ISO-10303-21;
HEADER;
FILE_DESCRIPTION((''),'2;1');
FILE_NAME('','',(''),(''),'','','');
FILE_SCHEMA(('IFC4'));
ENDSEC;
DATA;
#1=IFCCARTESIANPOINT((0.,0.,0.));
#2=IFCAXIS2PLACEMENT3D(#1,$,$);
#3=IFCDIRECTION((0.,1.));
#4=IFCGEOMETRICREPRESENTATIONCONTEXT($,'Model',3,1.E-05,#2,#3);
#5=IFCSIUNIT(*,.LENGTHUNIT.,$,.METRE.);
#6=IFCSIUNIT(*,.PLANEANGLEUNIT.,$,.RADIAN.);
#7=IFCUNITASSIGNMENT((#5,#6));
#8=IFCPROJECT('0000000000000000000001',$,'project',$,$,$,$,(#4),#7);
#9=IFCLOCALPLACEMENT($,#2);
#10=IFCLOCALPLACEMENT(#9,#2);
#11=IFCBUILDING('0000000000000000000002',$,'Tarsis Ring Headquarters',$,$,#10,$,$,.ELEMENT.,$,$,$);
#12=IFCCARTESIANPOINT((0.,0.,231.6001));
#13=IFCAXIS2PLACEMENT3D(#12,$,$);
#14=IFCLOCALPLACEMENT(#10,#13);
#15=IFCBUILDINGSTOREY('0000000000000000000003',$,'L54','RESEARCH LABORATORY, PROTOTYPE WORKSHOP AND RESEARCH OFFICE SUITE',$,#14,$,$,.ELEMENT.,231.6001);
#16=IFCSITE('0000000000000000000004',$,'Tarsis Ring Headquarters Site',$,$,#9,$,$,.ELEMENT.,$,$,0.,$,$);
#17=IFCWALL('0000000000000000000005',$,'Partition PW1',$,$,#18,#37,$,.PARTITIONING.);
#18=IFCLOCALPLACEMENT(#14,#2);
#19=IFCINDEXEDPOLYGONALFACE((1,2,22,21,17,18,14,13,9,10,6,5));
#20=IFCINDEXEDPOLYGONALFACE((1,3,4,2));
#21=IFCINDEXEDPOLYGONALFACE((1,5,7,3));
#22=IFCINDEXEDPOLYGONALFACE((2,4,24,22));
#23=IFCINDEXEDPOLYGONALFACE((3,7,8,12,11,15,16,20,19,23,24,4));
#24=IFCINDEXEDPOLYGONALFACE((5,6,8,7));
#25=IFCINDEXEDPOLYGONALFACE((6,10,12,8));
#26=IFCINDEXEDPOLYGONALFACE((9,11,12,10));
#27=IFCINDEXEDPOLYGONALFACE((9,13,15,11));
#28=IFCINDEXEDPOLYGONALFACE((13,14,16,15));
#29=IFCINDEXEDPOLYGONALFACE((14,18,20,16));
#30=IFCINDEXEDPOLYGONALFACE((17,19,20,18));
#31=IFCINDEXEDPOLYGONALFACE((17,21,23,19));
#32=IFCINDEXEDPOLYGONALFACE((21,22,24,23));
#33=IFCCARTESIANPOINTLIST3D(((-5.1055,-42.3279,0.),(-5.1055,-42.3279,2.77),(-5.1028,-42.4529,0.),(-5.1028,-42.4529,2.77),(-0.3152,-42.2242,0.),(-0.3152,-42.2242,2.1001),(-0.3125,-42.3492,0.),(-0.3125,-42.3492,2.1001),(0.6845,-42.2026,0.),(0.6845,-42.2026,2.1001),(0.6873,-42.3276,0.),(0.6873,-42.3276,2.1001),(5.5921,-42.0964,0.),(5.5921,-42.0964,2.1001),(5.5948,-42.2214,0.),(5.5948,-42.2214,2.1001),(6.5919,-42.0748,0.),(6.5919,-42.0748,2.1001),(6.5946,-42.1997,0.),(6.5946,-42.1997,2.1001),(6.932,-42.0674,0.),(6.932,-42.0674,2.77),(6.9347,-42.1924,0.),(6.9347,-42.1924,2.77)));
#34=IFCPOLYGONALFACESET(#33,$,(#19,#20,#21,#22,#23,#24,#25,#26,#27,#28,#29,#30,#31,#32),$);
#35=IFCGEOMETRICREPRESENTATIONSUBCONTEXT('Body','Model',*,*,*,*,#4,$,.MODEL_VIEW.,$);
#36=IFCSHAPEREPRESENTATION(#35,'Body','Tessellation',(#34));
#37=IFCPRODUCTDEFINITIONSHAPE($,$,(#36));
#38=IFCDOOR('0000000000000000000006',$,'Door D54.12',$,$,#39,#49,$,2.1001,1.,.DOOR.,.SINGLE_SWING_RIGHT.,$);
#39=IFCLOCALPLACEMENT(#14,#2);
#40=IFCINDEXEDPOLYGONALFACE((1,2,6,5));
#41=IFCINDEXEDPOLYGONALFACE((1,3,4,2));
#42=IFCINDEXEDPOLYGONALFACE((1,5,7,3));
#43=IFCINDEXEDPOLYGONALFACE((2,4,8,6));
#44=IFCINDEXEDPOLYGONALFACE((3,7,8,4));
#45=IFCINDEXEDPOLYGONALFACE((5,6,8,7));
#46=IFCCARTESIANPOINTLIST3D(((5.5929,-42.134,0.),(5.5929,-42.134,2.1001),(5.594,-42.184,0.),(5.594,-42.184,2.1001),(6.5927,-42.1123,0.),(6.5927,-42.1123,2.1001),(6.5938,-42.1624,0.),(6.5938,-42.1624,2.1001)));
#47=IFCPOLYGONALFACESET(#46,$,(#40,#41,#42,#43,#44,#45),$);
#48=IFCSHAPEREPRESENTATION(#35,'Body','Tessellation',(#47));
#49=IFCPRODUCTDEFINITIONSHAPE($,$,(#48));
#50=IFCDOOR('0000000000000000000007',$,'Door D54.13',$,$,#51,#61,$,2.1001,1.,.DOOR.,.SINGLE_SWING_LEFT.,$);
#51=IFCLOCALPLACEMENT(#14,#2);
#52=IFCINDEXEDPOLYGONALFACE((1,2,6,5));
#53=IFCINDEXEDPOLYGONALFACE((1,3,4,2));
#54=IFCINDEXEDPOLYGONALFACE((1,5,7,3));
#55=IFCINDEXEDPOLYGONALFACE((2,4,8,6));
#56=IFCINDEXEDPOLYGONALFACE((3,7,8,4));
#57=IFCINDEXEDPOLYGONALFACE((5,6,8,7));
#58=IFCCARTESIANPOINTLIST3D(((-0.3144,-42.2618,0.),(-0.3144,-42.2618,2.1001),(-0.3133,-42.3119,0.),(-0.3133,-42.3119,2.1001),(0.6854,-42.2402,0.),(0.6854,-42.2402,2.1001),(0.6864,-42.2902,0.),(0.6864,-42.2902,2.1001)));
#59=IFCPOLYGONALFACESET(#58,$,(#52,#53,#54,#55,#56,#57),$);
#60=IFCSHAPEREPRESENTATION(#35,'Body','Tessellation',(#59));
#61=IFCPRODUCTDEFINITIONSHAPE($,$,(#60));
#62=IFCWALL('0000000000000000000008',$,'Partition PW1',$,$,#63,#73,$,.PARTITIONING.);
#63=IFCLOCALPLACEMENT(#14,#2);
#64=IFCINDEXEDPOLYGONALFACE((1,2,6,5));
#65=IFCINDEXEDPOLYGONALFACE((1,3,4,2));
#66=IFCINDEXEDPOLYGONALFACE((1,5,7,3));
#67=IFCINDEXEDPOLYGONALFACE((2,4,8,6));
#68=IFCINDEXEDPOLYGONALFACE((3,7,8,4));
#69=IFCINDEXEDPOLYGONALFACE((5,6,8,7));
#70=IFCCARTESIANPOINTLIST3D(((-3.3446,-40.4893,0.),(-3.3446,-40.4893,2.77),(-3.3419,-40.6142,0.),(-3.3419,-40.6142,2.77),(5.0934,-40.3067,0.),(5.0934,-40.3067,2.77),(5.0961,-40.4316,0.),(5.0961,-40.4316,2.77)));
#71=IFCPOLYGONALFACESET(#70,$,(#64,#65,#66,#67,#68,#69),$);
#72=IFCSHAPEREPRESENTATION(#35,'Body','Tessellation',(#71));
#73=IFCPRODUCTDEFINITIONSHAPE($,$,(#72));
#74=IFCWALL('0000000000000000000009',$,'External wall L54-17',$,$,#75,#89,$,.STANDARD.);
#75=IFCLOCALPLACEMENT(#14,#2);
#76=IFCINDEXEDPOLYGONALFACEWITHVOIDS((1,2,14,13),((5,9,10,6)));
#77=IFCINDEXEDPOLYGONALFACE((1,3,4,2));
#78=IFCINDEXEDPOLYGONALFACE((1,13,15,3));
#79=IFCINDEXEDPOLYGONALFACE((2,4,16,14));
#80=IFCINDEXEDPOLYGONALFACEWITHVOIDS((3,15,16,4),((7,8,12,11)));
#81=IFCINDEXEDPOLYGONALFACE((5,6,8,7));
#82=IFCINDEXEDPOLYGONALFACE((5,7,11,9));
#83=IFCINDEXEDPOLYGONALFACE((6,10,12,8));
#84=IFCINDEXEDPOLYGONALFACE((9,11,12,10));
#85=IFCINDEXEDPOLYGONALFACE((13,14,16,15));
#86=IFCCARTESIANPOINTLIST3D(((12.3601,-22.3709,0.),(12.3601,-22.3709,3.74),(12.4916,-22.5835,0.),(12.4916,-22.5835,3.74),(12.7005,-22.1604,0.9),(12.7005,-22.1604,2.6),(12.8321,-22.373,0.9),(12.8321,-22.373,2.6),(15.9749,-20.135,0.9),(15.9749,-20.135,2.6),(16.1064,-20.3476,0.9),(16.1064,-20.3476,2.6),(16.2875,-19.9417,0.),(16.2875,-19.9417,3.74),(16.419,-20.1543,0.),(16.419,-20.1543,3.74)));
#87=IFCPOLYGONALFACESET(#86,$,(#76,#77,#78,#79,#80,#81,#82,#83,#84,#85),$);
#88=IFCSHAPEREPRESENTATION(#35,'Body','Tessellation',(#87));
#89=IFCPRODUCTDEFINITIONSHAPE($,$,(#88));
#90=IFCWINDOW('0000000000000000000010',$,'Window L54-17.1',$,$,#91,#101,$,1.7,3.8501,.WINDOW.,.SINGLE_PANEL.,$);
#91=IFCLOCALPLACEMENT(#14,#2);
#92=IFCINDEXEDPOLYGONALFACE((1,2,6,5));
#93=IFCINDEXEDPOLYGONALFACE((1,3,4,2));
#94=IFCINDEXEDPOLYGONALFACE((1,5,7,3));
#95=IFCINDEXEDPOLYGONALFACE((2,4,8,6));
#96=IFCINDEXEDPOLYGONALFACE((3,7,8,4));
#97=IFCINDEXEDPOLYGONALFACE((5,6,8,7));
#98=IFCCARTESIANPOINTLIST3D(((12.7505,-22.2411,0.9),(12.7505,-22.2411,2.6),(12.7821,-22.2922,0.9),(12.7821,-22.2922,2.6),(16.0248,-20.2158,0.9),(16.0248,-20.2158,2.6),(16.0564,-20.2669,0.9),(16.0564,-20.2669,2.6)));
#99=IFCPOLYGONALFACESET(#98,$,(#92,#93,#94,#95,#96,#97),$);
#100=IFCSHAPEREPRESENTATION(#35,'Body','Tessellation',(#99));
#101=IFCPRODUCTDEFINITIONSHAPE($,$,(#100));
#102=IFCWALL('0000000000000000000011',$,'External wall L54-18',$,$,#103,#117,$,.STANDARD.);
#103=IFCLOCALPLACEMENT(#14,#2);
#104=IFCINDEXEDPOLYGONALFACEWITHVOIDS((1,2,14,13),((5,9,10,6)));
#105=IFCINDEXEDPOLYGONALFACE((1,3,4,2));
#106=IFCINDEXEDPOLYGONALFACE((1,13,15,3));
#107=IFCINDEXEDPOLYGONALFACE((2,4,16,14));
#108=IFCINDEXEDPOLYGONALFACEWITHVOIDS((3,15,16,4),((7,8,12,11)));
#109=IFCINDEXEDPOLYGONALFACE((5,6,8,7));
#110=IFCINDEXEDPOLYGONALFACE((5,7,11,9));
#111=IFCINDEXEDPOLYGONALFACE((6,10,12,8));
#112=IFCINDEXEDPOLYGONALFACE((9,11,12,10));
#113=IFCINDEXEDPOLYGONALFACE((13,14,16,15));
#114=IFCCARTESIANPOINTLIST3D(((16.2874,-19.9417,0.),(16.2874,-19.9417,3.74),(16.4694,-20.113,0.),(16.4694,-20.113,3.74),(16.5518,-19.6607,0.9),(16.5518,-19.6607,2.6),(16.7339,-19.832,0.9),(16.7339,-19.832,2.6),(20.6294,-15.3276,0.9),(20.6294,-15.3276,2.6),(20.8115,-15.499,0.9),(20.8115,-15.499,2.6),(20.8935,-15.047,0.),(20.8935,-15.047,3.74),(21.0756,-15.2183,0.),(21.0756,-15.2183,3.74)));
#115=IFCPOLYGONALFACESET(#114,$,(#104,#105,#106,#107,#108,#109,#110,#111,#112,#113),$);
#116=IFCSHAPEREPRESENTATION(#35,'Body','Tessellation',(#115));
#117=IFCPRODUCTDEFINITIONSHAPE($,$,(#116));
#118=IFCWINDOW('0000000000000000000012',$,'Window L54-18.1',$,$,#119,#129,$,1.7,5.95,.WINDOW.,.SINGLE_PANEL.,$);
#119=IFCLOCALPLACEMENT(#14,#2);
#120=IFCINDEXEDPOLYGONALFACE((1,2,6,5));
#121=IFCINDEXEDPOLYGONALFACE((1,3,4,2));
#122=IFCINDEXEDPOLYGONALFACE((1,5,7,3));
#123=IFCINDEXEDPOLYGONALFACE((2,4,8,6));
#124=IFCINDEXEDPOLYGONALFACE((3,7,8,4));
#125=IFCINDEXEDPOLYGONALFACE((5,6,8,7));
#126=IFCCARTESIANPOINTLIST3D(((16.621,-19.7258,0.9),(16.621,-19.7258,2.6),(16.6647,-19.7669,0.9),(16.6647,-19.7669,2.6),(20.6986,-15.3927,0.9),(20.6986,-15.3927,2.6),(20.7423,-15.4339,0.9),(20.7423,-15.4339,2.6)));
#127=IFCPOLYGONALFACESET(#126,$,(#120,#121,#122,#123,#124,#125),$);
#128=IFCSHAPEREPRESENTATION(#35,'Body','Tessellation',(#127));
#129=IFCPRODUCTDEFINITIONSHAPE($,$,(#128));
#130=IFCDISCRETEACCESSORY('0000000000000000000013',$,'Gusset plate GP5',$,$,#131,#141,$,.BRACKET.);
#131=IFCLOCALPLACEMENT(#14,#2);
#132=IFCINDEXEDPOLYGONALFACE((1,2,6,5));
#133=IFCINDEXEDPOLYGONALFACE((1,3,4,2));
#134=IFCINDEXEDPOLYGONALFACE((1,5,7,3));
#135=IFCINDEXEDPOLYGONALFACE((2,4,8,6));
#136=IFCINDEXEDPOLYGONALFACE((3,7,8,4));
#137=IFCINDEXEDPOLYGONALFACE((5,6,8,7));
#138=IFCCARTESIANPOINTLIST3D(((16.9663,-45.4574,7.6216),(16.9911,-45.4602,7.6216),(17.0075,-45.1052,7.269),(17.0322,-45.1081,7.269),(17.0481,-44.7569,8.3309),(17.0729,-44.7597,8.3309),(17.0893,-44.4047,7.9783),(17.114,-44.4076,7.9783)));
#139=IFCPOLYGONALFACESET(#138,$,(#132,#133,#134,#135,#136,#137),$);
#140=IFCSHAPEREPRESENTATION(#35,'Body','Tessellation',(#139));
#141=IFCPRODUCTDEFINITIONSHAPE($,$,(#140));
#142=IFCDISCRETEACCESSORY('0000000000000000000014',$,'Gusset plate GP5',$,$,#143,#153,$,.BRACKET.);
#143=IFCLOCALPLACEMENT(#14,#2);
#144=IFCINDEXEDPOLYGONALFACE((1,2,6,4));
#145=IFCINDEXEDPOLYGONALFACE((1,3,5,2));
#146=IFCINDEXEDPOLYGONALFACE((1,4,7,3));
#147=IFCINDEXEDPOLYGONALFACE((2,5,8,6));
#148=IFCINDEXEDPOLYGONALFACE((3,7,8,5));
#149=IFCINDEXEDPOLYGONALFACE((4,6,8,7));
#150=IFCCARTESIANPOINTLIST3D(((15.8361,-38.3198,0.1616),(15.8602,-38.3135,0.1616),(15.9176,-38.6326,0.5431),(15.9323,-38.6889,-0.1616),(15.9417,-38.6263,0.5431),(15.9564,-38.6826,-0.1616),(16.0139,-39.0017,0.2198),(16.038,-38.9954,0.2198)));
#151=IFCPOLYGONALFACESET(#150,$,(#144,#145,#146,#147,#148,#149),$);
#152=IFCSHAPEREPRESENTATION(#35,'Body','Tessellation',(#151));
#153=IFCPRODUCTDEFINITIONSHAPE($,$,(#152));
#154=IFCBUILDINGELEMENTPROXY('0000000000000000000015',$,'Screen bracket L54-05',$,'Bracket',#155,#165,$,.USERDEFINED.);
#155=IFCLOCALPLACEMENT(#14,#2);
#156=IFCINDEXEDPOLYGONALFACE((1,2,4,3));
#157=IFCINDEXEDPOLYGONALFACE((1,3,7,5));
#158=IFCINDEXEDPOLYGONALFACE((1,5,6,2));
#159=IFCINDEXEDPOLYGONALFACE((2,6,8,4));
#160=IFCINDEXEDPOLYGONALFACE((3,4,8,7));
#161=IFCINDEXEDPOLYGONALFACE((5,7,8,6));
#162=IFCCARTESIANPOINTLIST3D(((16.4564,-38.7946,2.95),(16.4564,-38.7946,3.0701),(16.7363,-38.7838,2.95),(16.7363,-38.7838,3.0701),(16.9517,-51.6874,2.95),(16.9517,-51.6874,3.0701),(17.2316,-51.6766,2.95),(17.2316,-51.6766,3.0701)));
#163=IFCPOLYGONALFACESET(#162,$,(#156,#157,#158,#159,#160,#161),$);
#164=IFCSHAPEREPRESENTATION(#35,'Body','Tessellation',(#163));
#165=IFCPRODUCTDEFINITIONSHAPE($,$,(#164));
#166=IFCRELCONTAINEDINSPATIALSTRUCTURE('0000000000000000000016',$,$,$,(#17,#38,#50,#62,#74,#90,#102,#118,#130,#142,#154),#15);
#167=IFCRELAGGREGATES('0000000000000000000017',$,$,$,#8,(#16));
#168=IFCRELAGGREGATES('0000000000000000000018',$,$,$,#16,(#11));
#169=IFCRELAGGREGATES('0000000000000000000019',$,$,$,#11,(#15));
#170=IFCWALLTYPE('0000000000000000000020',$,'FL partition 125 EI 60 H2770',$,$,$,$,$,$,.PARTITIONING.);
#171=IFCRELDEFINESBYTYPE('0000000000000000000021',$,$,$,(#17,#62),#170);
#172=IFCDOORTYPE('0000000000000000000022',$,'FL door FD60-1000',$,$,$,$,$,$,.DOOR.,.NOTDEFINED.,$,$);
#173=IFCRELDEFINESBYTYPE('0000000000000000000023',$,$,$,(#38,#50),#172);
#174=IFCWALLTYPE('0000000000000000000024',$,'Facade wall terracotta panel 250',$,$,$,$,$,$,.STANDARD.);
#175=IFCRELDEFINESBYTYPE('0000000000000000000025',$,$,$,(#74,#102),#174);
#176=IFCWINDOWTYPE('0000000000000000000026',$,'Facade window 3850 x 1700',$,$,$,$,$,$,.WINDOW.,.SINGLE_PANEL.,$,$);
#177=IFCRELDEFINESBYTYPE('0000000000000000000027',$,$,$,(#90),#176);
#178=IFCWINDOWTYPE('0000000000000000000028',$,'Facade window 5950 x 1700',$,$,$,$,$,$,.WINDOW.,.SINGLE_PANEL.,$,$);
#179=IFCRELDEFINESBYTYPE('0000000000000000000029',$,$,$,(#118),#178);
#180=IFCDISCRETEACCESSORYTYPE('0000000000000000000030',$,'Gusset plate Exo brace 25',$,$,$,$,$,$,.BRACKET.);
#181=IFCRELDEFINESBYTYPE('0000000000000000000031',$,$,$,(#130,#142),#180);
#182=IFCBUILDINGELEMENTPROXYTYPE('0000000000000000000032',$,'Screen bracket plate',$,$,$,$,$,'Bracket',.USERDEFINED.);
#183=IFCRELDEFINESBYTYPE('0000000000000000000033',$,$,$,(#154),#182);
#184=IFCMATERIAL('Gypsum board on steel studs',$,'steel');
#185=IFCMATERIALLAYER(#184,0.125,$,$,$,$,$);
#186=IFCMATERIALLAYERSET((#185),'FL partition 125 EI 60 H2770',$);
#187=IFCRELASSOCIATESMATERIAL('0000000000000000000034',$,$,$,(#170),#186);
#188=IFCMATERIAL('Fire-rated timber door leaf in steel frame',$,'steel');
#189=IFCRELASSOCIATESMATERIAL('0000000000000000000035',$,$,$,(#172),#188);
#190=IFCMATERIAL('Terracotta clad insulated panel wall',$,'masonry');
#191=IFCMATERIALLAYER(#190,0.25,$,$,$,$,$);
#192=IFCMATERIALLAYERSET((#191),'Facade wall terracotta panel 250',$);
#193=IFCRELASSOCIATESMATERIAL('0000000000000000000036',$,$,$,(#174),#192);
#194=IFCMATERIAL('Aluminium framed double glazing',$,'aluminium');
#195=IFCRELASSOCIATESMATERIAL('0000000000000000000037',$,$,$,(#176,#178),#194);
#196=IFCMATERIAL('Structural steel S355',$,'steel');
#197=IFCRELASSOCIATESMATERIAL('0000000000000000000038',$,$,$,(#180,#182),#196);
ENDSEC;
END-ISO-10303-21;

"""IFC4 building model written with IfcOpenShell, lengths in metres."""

from ifc_helpers import new_model, si_unit, direction, frame, frame_2d, origin, origin_2d, place, context, subcontext, project, spatial, rectangle, extrude, material, layer, layer_set, material_profile, profile_set, type_object, element, fill, save


model = new_model("IFC4")

# Units and contexts
model_context = context("Model", 3, precision=1e-05, world=origin(), true_north=direction((0.0, 1.0)))
body_context = subcontext(model_context, "Body", "Model", "MODEL_VIEW")
ifc_project = project(units=[si_unit("LENGTHUNIT", "METRE"), si_unit("PLANEANGLEUNIT", "RADIAN")], contexts=[model_context])

# Site, building, storey
site_placement = place(None, origin())
site = spatial("IfcSite", under=ifc_project, at=site_placement, Name="Tarsis Ring Headquarters Site", CompositionType="ELEMENT", RefElevation=0.0)
building_placement = place(site_placement, origin())
building = spatial("IfcBuilding", under=site, at=building_placement, Name="Tarsis Ring Headquarters", CompositionType="ELEMENT")
storey_placement = place(building_placement, frame((0.0, 0.0, 231.6001)))
storey = spatial("IfcBuildingStorey", under=building, at=storey_placement, Name="L54", Description="RESEARCH LABORATORY, PROTOTYPE WORKSHOP AND RESEARCH OFFICE SUITE", CompositionType="ELEMENT", Elevation=231.6001)

# Shared definitions
ifc_material_1 = material(Name="Structural steel S355", Category="steel")

# Shared definitions
ifc_material_2 = material(Name="Gypsum board on steel studs", Category="steel")

# Wall, openings, doors
ifc_layer_1 = layer(ifc_material_2, 0.125)
ifc_layer_set_1 = layer_set([ifc_layer_1], Name="FL partition 125 EI 60 H2770")
wall_type_1 = type_object("IfcWallType", Name="FL partition 125 EI 60 H2770", PredefinedType="PARTITIONING", material=ifc_layer_set_1)
wall_1_placement = place(storey_placement, frame((-5.104, -42.3904, 0.0), z_axis=(0.0, 0.0, 1.0), x_axis=(0.999766, 0.021636, 0.0)))
wall_1 = element("IfcWall", 1, at=wall_1_placement, inside=storey, type_object=wall_type_1, Name="Partition PW1", PredefinedType="PARTITIONING", context=body_context, shape_type="SweptSolid", body=[
    extrude(rectangle(XDim=12.0403, YDim=0.125, at=frame_2d((6.02, 0.0))), origin(), (0.0, 0.0, 1.0), 2.77),
])
opening_1_placement = place(wall_1_placement, frame((10.7, 0.0, 0.0)))
opening_1 = element("IfcOpeningElement", 2, at=opening_1_placement, cuts=wall_1, PredefinedType="OPENING", context=body_context, shape_type="SweptSolid", body=[
    extrude(rectangle(XDim=1.0, YDim=2.1001, at=frame_2d((0.5, 1.05))), frame((0.0, 0.0725, 0.0), z_axis=(0.0, -1.0, 0.0), x_axis=(1.0, 0.0, 0.0)), (0.0, 0.0, 1.0), 0.145),
])
opening_2_placement = place(wall_1_placement, frame((4.7913, 0.0, 0.0)))
opening_2 = element("IfcOpeningElement", 3, at=opening_2_placement, cuts=wall_1, PredefinedType="OPENING", context=body_context, shape_type="SweptSolid", body=[
    extrude(rectangle(XDim=1.0, YDim=2.1001, at=frame_2d((0.5, 1.05))), frame((0.0, 0.0725, 0.0), z_axis=(0.0, -1.0, 0.0), x_axis=(1.0, 0.0, 0.0)), (0.0, 0.0, 1.0), 0.145),
])
ifc_material_3 = material(Name="Fire-rated timber door leaf in steel frame", Category="steel")
door_type = type_object("IfcDoorType", Name="FL door FD60-1000", OperationType="NOTDEFINED", PredefinedType="DOOR", material=ifc_material_3)
door_1_placement = place(opening_1_placement, origin())
door_1 = element("IfcDoor", 4, at=door_1_placement, inside=storey, type_object=door_type, Name="Door D54.12", OperationType="SINGLE_SWING_RIGHT", OverallHeight=2.1001, OverallWidth=1.0, PredefinedType="DOOR", context=body_context, shape_type="SweptSolid", body=[
    extrude(rectangle(XDim=1.0, YDim=2.1001, at=frame_2d((0.5, 1.05))), frame((0.0, 0.0249, 0.0), z_axis=(0.0, -1.0, 0.0), x_axis=(1.0, 0.0, 0.0)), (0.0, 0.0, 1.0), 0.05),
])
fill(opening_1, door_1)
door_2_placement = place(opening_2_placement, origin())
door_2 = element("IfcDoor", 5, at=door_2_placement, inside=storey, type_object=door_type, Name="Door D54.13", OperationType="SINGLE_SWING_LEFT", OverallHeight=2.1001, OverallWidth=1.0, PredefinedType="DOOR", context=body_context, shape_type="SweptSolid", body=[
    extrude(rectangle(XDim=1.0, YDim=2.1001, at=frame_2d((0.5, 1.05))), frame((0.0, 0.0249, 0.0), z_axis=(0.0, -1.0, 0.0), x_axis=(1.0, 0.0, 0.0)), (0.0, 0.0, 1.0), 0.05),
])
fill(opening_2, door_2)

# Wall
wall_2_placement = place(storey_placement, frame((-3.3433, -40.5518, 0.0), z_axis=(0.0, 0.0, 1.0), x_axis=(0.999766, 0.021637, 0.0)))
element("IfcWall", 6, at=wall_2_placement, inside=storey, type_object=wall_type_1, Name="Partition PW1", PredefinedType="PARTITIONING", context=body_context, shape_type="SweptSolid", body=[
    extrude(rectangle(XDim=8.4399, YDim=0.125, at=frame_2d((4.22, 0.0))), origin(), (0.0, 0.0, 1.0), 2.77),
])

# Walls, openings, windows
ifc_material_4 = material(Name="Terracotta clad insulated panel wall", Category="masonry")
ifc_layer_2 = layer(ifc_material_4, 0.25)
ifc_layer_set_2 = layer_set([ifc_layer_2], Name="Facade wall terracotta panel 250")
wall_type_2 = type_object("IfcWallType", Name="Facade wall terracotta panel 250", PredefinedType="STANDARD", material=ifc_layer_set_2)
wall_3_placement = place(storey_placement, frame((12.4258, -22.4773, 0.0), z_axis=(0.0, 0.0, 1.0), x_axis=(0.850454, 0.526049, 0.0)))
wall_3 = element("IfcWall", 7, at=wall_3_placement, inside=storey, type_object=wall_type_2, Name="External wall L54-17", PredefinedType="STANDARD", context=body_context, shape_type="SweptSolid", body=[
    extrude(rectangle(XDim=4.6179, YDim=0.25, at=frame_2d((2.3091, 0.0))), origin(), (0.0, 0.0, 1.0), 3.74),
])
opening_3_placement = place(wall_3_placement, frame((0.4004, 0.0, 0.8999)))
opening_3 = element("IfcOpeningElement", 8, at=opening_3_placement, cuts=wall_3, PredefinedType="OPENING", context=body_context, shape_type="SweptSolid", body=[
    extrude(rectangle(XDim=3.8501, YDim=1.7, at=frame_2d((1.925, 0.8501))), frame((0.0, 0.135, 0.0), z_axis=(0.0, -1.0, 0.0), x_axis=(1.0, 0.0, 0.0)), (0.0, 0.0, 1.0), 0.27),
])
ifc_material_5 = material(Name="Aluminium framed double glazing", Category="aluminium")
window_type_1 = type_object("IfcWindowType", Name="Facade window 3850 x 1700", PartitioningType="SINGLE_PANEL", PredefinedType="WINDOW", material=ifc_material_5)
window_1_placement = place(opening_3_placement, origin())
window_1 = element("IfcWindow", 9, at=window_1_placement, inside=storey, type_object=window_type_1, Name="Window L54-17.1", OverallHeight=1.7, OverallWidth=3.8501, PartitioningType="SINGLE_PANEL", PredefinedType="WINDOW", context=body_context, shape_type="SweptSolid", body=[
    extrude(rectangle(XDim=3.8501, YDim=1.7, at=frame_2d((1.925, 0.8501))), frame((0.0, 0.03, 0.0), z_axis=(0.0, -1.0, 0.0), x_axis=(1.0, 0.0, 0.0)), (0.0, 0.0, 1.0), 0.0601),
])
fill(opening_3, window_1)
wall_4_placement = place(storey_placement, frame((16.3784, -20.0273, 0.0), z_axis=(0.0, 0.0, 1.0), x_axis=(0.685314, 0.728248, 0.0)))
wall_4 = element("IfcWall", 10, at=wall_4_placement, inside=storey, type_object=wall_type_2, Name="External wall L54-18", PredefinedType="STANDARD", context=body_context, shape_type="SweptSolid", body=[
    extrude(rectangle(XDim=6.7212, YDim=0.25, at=frame_2d((3.3606, 0.0))), origin(), (0.0, 0.0, 1.0), 3.74),
])
opening_4_placement = place(wall_4_placement, frame((0.3857, 0.0, 0.8999)))
opening_4 = element("IfcOpeningElement", 11, at=opening_4_placement, cuts=wall_4, PredefinedType="OPENING", context=body_context, shape_type="SweptSolid", body=[
    extrude(rectangle(XDim=5.95, YDim=1.7, at=frame_2d((2.9751, 0.8501))), frame((0.0, 0.135, 0.0), z_axis=(0.0, -1.0, 0.0), x_axis=(1.0, 0.0, 0.0)), (0.0, 0.0, 1.0), 0.27),
])
window_type_2 = type_object("IfcWindowType", Name="Facade window 5950 x 1700", PartitioningType="SINGLE_PANEL", PredefinedType="WINDOW", material=ifc_material_5)
window_2_placement = place(opening_4_placement, origin())
window_2 = element("IfcWindow", 12, at=window_2_placement, inside=storey, type_object=window_type_2, Name="Window L54-18.1", OverallHeight=1.7, OverallWidth=5.95, PartitioningType="SINGLE_PANEL", PredefinedType="WINDOW", context=body_context, shape_type="SweptSolid", body=[
    extrude(rectangle(XDim=5.95, YDim=1.7, at=frame_2d((2.9751, 0.8501))), frame((0.0, 0.03, 0.0), z_axis=(0.0, -1.0, 0.0), x_axis=(1.0, 0.0, 0.0)), (0.0, 0.0, 1.0), 0.0601),
])
fill(opening_4, window_2)

# Discrete accessories
ifc_material_profile_1 = material_profile(ifc_material_1, rectangle(XDim=0.0249, YDim=0.5, at=origin_2d()), Name="PL 25x500")
ifc_profile_set_1 = profile_set([ifc_material_profile_1], Name="Structural steel S355")
discrete_accessory_type = type_object("IfcDiscreteAccessoryType", Name="Gusset plate Exo brace 25", PredefinedType="BRACKET", material=ifc_profile_set_1)
discrete_accessory_1_placement = place(storey_placement, frame((16.9993, -45.2827, 7.4453), z_axis=(0.081774, 0.700331, 0.709119), x_axis=(-0.993252, 0.115977, 0.0)))
element("IfcDiscreteAccessory", 13, at=discrete_accessory_1_placement, inside=storey, type_object=discrete_accessory_type, Name="Gusset plate GP5", PredefinedType="BRACKET", context=body_context, shape_type="SweptSolid", body=[
    extrude(rectangle(XDim=0.0249, YDim=0.5, at=origin_2d()), origin(), (0.0, 0.0, 1.0), 1.0002),
])
discrete_accessory_2_placement = place(storey_placement, frame((15.8962, -38.5012, 0.0), z_axis=(0.163124, -0.625633, 0.762872), x_axis=(0.967649, 0.252299, 0.0)))
element("IfcDiscreteAccessory", 14, at=discrete_accessory_2_placement, inside=storey, type_object=discrete_accessory_type, Name="Gusset plate GP5", PredefinedType="BRACKET", context=body_context, shape_type="SweptSolid", body=[
    extrude(rectangle(XDim=0.0249, YDim=0.5, at=origin_2d()), origin(), (0.0, 0.0, 1.0), 0.5),
])

# Building element proxy
building_element_proxy_type = type_object("IfcBuildingElementProxyType", Name="Screen bracket plate", ElementType="Bracket", PredefinedType="USERDEFINED", material=ifc_material_1)
proxy_placement = place(storey_placement, frame((16.844, -45.2356, 2.95), z_axis=(0.0, 0.0, 1.0), x_axis=(-0.038388, 0.999263, 0.0)))
element("IfcBuildingElementProxy", 15, at=proxy_placement, inside=storey, type_object=building_element_proxy_type, Name="Screen bracket L54-05", ObjectType="Bracket", PredefinedType="USERDEFINED", context=body_context, shape_type="SweptSolid", body=[
    extrude(rectangle(XDim=12.9023, YDim=0.28, at=origin_2d()), origin(), (0.0, 0.0, 1.0), 0.1201),
])

save(model, "model.ifc")
